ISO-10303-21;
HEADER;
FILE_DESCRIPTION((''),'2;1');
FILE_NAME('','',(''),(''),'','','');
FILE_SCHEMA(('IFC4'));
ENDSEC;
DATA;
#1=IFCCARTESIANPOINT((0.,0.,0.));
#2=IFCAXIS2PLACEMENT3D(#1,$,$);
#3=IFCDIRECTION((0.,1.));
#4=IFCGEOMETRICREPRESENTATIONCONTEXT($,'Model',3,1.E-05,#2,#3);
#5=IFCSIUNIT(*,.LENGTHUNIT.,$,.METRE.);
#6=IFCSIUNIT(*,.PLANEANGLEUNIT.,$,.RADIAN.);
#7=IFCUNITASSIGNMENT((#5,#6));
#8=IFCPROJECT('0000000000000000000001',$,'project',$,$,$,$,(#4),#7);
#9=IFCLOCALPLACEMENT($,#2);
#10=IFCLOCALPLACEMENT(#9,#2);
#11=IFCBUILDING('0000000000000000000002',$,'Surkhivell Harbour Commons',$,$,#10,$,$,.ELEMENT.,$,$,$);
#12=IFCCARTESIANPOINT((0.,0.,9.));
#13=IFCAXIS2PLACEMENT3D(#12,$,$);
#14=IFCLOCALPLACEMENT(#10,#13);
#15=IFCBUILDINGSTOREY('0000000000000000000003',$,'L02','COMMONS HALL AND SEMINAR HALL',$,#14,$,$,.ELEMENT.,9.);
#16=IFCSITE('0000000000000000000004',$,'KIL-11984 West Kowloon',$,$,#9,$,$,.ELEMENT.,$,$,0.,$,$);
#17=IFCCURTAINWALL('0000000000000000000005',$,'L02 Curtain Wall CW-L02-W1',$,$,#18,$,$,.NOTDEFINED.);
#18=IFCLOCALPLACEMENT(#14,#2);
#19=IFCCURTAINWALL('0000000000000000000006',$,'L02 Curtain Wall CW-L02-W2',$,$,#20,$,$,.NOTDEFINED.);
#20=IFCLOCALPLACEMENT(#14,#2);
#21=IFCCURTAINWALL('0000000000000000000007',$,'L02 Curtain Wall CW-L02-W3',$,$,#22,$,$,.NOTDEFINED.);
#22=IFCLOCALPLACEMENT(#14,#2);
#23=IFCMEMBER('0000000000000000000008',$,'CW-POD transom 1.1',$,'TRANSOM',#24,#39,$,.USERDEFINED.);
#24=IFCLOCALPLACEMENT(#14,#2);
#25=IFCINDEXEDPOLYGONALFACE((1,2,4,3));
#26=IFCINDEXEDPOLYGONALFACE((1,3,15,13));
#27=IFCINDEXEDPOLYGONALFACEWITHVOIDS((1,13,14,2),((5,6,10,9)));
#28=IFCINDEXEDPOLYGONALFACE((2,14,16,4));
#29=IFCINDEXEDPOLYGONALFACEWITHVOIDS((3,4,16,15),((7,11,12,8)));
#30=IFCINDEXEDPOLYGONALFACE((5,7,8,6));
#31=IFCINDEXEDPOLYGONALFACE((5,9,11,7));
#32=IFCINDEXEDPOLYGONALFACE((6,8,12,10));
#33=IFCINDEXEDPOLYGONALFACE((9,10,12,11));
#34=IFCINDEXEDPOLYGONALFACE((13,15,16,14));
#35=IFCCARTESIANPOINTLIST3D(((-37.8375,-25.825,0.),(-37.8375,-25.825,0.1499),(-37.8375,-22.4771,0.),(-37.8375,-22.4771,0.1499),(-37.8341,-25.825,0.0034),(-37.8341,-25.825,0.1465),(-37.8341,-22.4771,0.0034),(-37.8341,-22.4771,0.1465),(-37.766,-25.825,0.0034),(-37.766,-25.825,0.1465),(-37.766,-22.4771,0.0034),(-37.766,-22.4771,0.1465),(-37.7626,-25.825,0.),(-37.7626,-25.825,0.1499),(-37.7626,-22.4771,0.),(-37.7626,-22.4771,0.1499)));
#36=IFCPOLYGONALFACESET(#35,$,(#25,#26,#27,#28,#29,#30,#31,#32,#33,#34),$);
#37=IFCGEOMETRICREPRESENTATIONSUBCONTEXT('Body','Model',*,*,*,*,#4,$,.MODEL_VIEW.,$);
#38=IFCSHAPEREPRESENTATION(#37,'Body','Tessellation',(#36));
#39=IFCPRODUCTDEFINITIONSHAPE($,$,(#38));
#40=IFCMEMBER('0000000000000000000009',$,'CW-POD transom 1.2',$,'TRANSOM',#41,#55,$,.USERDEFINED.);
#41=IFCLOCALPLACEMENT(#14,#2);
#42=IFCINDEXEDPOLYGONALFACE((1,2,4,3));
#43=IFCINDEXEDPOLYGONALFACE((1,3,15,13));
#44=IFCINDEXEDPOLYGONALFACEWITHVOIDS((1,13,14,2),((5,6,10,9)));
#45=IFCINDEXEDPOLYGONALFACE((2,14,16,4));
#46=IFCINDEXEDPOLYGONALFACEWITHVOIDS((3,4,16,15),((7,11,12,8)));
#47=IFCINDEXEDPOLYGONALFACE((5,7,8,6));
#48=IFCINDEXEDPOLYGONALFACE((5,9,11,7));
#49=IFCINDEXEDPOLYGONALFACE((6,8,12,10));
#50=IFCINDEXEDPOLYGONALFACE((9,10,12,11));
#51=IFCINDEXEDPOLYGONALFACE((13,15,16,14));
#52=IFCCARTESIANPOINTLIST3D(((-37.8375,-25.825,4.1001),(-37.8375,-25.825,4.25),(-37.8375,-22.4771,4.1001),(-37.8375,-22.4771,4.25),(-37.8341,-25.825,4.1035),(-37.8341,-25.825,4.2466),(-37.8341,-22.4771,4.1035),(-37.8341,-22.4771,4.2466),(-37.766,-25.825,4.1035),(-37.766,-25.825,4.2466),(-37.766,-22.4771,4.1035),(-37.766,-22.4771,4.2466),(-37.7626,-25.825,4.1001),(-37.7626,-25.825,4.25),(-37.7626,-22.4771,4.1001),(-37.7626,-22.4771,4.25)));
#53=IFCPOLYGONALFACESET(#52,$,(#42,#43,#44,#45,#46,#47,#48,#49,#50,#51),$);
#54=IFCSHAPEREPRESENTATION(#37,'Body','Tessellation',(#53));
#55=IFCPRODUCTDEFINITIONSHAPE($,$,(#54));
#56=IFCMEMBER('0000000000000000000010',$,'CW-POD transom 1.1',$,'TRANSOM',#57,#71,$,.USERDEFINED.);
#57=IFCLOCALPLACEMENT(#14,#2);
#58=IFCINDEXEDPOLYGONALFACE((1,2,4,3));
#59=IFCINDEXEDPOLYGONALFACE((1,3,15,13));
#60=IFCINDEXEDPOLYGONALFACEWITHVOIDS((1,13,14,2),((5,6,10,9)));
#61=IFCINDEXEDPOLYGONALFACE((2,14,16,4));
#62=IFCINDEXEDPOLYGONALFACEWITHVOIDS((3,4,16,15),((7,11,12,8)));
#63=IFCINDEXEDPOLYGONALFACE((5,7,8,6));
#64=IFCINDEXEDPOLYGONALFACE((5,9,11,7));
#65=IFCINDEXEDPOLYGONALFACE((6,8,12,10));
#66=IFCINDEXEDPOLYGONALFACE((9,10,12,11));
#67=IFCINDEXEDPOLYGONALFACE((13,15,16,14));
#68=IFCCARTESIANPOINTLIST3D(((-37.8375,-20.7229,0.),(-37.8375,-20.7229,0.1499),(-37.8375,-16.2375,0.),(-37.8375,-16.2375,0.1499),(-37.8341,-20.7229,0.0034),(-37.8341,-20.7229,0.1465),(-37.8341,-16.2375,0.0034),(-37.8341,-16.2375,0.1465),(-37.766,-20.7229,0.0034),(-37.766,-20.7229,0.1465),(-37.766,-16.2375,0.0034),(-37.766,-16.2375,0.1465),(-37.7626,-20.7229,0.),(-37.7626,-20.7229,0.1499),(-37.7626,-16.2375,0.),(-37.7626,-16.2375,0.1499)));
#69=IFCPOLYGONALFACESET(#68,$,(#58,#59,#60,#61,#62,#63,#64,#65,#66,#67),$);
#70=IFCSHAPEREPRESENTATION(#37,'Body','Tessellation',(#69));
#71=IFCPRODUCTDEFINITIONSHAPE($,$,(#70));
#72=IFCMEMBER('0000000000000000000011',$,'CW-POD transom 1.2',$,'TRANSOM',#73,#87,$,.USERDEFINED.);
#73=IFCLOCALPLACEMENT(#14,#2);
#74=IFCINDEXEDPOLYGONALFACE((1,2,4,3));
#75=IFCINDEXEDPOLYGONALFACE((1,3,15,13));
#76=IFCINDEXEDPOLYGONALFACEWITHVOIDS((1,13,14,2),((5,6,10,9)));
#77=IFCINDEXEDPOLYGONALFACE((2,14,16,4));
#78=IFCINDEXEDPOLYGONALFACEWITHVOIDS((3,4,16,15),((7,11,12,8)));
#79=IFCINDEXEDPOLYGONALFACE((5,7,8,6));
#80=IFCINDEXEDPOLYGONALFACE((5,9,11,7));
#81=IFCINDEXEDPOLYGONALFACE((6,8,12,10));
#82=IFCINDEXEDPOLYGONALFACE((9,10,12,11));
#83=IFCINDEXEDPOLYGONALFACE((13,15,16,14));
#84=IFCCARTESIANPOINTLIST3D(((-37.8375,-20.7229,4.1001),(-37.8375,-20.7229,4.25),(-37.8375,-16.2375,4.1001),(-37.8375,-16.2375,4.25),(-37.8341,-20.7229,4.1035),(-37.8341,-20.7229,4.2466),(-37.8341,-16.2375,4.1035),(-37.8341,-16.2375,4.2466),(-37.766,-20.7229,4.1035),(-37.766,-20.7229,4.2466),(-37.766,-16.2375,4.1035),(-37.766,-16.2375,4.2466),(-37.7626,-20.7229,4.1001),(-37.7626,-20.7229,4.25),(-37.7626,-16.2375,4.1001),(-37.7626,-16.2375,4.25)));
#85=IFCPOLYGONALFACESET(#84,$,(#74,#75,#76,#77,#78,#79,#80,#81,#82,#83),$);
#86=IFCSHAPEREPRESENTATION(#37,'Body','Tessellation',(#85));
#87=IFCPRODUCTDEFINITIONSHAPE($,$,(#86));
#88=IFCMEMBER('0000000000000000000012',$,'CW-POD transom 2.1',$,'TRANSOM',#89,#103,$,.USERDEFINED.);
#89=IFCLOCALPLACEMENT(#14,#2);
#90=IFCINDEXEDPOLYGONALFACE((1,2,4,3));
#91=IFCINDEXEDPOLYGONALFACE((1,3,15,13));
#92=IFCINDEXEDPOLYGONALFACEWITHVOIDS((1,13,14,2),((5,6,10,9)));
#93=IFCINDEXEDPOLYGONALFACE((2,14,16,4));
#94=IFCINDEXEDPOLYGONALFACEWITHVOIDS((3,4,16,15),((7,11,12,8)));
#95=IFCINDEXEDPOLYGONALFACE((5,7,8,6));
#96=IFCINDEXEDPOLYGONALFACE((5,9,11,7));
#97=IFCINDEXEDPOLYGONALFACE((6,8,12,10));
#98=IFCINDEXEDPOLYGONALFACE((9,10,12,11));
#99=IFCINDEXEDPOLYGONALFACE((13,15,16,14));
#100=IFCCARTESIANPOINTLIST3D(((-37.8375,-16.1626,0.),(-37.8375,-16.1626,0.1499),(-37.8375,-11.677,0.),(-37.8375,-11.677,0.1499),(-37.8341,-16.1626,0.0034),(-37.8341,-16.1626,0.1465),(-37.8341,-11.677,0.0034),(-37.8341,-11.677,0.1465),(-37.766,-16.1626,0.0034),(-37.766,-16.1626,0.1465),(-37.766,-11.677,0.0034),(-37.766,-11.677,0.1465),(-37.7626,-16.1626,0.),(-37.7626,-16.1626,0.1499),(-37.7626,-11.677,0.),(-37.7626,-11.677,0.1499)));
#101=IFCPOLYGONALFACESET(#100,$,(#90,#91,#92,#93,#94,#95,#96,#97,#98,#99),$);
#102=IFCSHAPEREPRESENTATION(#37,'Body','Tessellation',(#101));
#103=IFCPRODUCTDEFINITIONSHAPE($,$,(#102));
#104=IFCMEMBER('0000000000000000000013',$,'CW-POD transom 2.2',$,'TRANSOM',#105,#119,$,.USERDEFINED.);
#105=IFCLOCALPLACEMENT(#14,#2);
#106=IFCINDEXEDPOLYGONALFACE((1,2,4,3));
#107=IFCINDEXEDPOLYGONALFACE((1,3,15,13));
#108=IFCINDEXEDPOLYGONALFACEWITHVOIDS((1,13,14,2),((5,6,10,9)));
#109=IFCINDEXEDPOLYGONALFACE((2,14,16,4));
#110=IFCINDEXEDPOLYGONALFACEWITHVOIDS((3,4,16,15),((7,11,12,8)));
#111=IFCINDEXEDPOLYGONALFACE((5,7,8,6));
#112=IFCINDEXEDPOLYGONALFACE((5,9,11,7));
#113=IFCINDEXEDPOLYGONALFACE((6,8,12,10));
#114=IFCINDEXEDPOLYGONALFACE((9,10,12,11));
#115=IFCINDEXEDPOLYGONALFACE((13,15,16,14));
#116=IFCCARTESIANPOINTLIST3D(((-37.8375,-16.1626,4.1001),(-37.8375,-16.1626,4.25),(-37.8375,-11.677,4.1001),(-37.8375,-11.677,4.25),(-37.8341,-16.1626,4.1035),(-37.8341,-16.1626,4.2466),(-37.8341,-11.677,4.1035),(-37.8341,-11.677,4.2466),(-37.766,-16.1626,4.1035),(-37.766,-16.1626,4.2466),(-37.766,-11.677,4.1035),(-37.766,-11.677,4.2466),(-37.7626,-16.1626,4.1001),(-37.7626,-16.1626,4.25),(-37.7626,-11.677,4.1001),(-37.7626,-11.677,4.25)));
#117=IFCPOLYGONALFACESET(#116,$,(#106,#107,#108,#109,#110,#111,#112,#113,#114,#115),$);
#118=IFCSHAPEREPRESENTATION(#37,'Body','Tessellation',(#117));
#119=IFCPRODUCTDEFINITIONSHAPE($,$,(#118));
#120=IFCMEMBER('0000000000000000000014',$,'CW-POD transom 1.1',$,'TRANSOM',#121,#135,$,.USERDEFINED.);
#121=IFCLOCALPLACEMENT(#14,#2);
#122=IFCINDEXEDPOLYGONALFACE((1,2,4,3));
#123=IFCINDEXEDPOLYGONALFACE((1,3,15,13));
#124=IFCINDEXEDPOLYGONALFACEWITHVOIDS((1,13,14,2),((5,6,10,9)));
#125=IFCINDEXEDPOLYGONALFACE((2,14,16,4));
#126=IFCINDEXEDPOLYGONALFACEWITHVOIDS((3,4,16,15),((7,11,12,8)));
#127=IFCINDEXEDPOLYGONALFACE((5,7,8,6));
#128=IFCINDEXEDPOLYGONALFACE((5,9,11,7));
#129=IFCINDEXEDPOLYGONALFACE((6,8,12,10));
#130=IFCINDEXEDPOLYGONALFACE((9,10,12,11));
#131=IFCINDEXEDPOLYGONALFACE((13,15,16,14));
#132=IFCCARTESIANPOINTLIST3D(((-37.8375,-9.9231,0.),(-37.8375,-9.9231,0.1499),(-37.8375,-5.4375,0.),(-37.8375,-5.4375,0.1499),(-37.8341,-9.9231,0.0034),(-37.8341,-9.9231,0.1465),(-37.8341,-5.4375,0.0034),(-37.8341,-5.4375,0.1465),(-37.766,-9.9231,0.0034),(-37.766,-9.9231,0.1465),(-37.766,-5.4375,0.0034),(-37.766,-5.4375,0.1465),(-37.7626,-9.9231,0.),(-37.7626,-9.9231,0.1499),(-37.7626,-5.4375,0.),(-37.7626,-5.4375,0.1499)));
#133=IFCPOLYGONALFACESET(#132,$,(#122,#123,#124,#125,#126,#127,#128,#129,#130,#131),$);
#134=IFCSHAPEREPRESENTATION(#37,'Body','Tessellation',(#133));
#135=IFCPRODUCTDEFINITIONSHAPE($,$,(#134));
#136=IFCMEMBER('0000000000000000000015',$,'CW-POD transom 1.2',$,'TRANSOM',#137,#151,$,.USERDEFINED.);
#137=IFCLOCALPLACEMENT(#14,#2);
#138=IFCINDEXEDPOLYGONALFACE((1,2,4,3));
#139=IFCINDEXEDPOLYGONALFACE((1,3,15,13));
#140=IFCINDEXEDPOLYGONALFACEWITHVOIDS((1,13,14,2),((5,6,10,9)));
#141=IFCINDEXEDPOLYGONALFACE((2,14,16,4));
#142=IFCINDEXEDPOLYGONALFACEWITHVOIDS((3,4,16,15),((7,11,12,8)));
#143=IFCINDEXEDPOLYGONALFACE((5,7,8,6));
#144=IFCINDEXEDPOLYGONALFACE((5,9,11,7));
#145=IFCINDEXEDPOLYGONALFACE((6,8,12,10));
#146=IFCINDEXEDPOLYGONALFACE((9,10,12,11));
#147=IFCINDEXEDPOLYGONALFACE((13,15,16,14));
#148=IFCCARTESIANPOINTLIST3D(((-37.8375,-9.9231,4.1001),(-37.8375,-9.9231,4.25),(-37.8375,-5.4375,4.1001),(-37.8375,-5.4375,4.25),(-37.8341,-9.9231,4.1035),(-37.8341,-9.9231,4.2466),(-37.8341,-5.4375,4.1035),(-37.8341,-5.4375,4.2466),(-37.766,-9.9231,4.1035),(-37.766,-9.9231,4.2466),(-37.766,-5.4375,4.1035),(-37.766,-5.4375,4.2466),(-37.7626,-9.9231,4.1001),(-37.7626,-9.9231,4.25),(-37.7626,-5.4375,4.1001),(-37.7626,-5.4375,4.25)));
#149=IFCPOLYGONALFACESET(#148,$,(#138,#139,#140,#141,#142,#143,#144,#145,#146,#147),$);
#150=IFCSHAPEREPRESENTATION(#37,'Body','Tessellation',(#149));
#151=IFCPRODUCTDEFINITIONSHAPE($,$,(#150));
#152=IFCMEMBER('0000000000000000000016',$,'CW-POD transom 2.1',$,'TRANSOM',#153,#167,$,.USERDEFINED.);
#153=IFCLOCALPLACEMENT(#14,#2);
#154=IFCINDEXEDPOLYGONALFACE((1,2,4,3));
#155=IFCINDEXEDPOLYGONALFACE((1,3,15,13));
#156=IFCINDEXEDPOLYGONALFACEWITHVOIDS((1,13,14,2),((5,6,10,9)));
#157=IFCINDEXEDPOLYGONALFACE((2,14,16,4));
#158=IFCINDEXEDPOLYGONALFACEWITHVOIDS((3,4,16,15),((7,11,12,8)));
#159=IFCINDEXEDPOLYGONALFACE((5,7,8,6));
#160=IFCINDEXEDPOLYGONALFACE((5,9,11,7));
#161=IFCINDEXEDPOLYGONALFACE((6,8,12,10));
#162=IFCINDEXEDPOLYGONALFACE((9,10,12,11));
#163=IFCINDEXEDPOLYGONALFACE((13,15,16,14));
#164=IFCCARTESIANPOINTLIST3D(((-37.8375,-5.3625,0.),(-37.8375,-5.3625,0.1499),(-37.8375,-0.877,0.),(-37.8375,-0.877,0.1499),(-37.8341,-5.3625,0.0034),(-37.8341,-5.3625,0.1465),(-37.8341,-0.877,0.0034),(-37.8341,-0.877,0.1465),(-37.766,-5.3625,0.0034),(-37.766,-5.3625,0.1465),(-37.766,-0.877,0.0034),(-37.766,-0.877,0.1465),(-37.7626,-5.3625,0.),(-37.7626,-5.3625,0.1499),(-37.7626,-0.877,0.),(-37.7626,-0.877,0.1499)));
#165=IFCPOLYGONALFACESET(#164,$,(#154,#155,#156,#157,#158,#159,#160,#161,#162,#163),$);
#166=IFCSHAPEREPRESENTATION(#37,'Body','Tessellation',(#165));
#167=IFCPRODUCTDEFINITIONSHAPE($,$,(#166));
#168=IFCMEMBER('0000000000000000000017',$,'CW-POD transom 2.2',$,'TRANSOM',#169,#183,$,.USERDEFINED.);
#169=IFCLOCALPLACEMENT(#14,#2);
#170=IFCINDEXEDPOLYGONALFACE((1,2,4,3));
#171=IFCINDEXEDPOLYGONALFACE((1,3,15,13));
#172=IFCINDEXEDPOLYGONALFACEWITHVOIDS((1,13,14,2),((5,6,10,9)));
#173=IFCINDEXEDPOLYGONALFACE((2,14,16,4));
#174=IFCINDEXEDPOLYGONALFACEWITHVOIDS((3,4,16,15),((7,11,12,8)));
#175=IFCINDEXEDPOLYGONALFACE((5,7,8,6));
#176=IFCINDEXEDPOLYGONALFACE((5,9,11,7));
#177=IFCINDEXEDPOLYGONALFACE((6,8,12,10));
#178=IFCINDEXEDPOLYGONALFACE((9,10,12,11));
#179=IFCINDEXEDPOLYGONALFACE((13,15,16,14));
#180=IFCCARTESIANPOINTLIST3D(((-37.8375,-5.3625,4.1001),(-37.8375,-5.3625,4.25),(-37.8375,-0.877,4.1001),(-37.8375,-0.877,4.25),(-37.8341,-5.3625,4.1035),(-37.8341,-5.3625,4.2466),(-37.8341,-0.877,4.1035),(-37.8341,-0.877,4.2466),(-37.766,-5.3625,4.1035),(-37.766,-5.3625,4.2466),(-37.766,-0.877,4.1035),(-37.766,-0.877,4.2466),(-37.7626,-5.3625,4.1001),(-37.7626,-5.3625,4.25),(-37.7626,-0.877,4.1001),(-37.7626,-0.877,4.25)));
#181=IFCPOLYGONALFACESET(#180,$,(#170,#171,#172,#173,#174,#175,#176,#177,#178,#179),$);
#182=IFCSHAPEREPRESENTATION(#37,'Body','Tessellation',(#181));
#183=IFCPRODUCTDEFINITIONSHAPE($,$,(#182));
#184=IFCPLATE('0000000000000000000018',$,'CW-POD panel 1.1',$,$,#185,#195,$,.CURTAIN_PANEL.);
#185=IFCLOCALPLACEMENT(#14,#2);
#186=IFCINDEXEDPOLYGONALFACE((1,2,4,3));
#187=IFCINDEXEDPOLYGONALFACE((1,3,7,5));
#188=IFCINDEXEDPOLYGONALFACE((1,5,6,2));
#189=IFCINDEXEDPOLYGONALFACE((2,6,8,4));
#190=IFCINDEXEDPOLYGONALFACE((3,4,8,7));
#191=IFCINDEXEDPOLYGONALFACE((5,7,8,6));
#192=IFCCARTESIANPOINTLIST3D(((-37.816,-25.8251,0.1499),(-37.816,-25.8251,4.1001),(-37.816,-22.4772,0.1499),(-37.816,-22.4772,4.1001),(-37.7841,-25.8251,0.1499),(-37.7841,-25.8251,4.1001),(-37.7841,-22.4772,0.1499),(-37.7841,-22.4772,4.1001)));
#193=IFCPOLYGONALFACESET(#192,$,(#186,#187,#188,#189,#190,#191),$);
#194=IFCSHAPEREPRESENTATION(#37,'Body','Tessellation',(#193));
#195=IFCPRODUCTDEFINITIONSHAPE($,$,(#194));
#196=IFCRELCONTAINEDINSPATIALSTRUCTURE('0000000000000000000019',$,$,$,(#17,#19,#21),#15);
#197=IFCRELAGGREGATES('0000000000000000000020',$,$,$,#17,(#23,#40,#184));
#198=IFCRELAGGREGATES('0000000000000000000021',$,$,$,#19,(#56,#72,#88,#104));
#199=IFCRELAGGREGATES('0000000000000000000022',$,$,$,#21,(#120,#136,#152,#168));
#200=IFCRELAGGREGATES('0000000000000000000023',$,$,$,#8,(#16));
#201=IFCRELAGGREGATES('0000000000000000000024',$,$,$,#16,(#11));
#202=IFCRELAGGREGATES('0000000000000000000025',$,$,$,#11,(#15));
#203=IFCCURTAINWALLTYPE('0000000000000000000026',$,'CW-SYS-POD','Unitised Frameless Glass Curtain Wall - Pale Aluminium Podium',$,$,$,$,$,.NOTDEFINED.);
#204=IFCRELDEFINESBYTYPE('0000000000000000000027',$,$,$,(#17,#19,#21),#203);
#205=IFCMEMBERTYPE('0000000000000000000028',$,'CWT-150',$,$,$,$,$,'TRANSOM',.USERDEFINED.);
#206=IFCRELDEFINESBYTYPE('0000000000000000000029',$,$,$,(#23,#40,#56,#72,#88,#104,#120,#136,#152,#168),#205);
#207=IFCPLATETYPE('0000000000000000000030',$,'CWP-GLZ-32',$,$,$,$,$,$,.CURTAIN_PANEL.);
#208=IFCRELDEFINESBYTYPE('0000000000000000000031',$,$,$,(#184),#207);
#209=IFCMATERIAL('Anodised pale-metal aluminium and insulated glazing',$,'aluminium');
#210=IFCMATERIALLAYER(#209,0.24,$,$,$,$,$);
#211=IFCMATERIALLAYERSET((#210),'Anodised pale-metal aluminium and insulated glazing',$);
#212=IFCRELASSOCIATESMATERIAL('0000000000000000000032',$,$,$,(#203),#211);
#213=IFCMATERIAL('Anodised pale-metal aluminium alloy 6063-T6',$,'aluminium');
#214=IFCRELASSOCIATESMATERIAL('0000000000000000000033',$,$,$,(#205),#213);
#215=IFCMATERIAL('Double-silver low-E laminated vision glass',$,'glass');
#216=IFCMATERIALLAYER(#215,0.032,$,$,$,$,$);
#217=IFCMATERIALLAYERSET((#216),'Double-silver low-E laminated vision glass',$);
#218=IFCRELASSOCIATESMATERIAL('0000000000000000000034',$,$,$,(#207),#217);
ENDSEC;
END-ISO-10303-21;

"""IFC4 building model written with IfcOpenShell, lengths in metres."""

from ifc_helpers import new_model, si_unit, direction, frame, frame_2d, origin, origin_2d, place, context, subcontext, project, spatial, rectangle, hollow_rectangle, extrude, material, layer, layer_set, material_profile, profile_set, type_object, element, aggregate, save


model = new_model("IFC4")

# Units and contexts
model_context = context("Model", 3, precision=1e-05, world=origin(), true_north=direction((0.0, 1.0)))
body_context = subcontext(model_context, "Body", "Model", "MODEL_VIEW")
ifc_project = project(units=[si_unit("LENGTHUNIT", "METRE"), si_unit("PLANEANGLEUNIT", "RADIAN")], contexts=[model_context])

# Site, building, storey
site_placement = place(None, origin())
site = spatial("IfcSite", under=ifc_project, at=site_placement, Name="KIL-11984 West Kowloon", CompositionType="ELEMENT", RefElevation=0.0)
building_placement = place(site_placement, origin())
building = spatial("IfcBuilding", under=site, at=building_placement, Name="Surkhivell Harbour Commons", CompositionType="ELEMENT")
storey_placement = place(building_placement, frame((0.0, 0.0, 9.0)))
storey = spatial("IfcBuildingStorey", under=building, at=storey_placement, Name="L02", Description="COMMONS HALL AND SEMINAR HALL", CompositionType="ELEMENT", Elevation=9.0)

# Shared definitions
ifc_material_1 = material(Name="Anodised pale-metal aluminium and insulated glazing", Category="aluminium")
ifc_layer_1 = layer(ifc_material_1, 0.24)
ifc_layer_set_1 = layer_set([ifc_layer_1], Name="Anodised pale-metal aluminium and insulated glazing")
curtain_wall_type = type_object("IfcCurtainWallType", Name="CW-SYS-POD", Description="Unitised Frameless Glass Curtain Wall - Pale Aluminium Podium", PredefinedType="NOTDEFINED", material=ifc_layer_set_1)
ifc_material_2 = material(Name="Anodised pale-metal aluminium alloy 6063-T6", Category="aluminium")

# Curtain walls
curtain_wall_1_placement = place(storey_placement, origin())
curtain_wall_1 = element("IfcCurtainWall", 1, at=curtain_wall_1_placement, inside=storey, type_object=curtain_wall_type, Name="L02 Curtain Wall CW-L02-W1", PredefinedType="NOTDEFINED")
curtain_wall_2_placement = place(storey_placement, origin())
curtain_wall_2 = element("IfcCurtainWall", 2, at=curtain_wall_2_placement, inside=storey, type_object=curtain_wall_type, Name="L02 Curtain Wall CW-L02-W2", PredefinedType="NOTDEFINED")
curtain_wall_3_placement = place(storey_placement, origin())
curtain_wall_3 = element("IfcCurtainWall", 3, at=curtain_wall_3_placement, inside=storey, type_object=curtain_wall_type, Name="L02 Curtain Wall CW-L02-W3", PredefinedType="NOTDEFINED")

# Members
ifc_material_profile_1 = material_profile(ifc_material_2, hollow_rectangle(XDim=0.075, YDim=0.1499, WallThickness=0.0034, at=origin_2d()), Name="ALU-TRAN-75x150")
ifc_profile_set_1 = profile_set([ifc_material_profile_1], Name="Anodised pale-metal aluminium alloy 6063-T6")
member_type_1 = type_object("IfcMemberType", Name="CWT-150", ElementType="TRANSOM", PredefinedType="USERDEFINED", material=ifc_profile_set_1)
member_1_placement = place(storey_placement, frame((-37.8, -25.825, 0.075), z_axis=(0.0, 1.0, 0.0), x_axis=(-1.0, 0.0, 0.0)))
member_1 = element("IfcMember", 4, at=member_1_placement, type_object=member_type_1, Name="CW-POD transom 1.1", ObjectType="TRANSOM", PredefinedType="USERDEFINED", context=body_context, shape_type="SweptSolid", body=[
    extrude(hollow_rectangle(XDim=0.075, YDim=0.1499, WallThickness=0.0034, at=origin_2d()), origin(), (0.0, 0.0, 1.0), 3.3479),
])
member_2_placement = place(storey_placement, frame((-37.8, -25.825, 4.175), z_axis=(0.0, 1.0, 0.0), x_axis=(-1.0, 0.0, 0.0)))
member_2 = element("IfcMember", 5, at=member_2_placement, type_object=member_type_1, Name="CW-POD transom 1.2", ObjectType="TRANSOM", PredefinedType="USERDEFINED", context=body_context, shape_type="SweptSolid", body=[
    extrude(hollow_rectangle(XDim=0.075, YDim=0.1499, WallThickness=0.0034, at=origin_2d()), origin(), (0.0, 0.0, 1.0), 3.3479),
])
member_3_placement = place(storey_placement, frame((-37.8, -20.7229, 0.075), z_axis=(0.0, 1.0, 0.0), x_axis=(-1.0, 0.0, 0.0)))
member_3 = element("IfcMember", 6, at=member_3_placement, type_object=member_type_1, Name="CW-POD transom 1.1", ObjectType="TRANSOM", PredefinedType="USERDEFINED", context=body_context, shape_type="SweptSolid", body=[
    extrude(hollow_rectangle(XDim=0.075, YDim=0.1499, WallThickness=0.0034, at=origin_2d()), origin(), (0.0, 0.0, 1.0), 4.4854),
])
member_4_placement = place(storey_placement, frame((-37.8, -20.7229, 4.175), z_axis=(0.0, 1.0, 0.0), x_axis=(-1.0, 0.0, 0.0)))
member_4 = element("IfcMember", 7, at=member_4_placement, type_object=member_type_1, Name="CW-POD transom 1.2", ObjectType="TRANSOM", PredefinedType="USERDEFINED", context=body_context, shape_type="SweptSolid", body=[
    extrude(hollow_rectangle(XDim=0.075, YDim=0.1499, WallThickness=0.0034, at=origin_2d()), origin(), (0.0, 0.0, 1.0), 4.4854),
])
member_5_placement = place(storey_placement, frame((-37.8, -16.1626, 0.075), z_axis=(0.0, 1.0, 0.0), x_axis=(-1.0, 0.0, 0.0)))
member_5 = element("IfcMember", 8, at=member_5_placement, type_object=member_type_1, Name="CW-POD transom 2.1", ObjectType="TRANSOM", PredefinedType="USERDEFINED", context=body_context, shape_type="SweptSolid", body=[
    extrude(hollow_rectangle(XDim=0.075, YDim=0.1499, WallThickness=0.0034, at=origin_2d()), origin(), (0.0, 0.0, 1.0), 4.4856),
])
member_6_placement = place(storey_placement, frame((-37.8, -16.1626, 4.175), z_axis=(0.0, 1.0, 0.0), x_axis=(-1.0, 0.0, 0.0)))
member_6 = element("IfcMember", 9, at=member_6_placement, type_object=member_type_1, Name="CW-POD transom 2.2", ObjectType="TRANSOM", PredefinedType="USERDEFINED", context=body_context, shape_type="SweptSolid", body=[
    extrude(hollow_rectangle(XDim=0.075, YDim=0.1499, WallThickness=0.0034, at=origin_2d()), origin(), (0.0, 0.0, 1.0), 4.4856),
])
member_7_placement = place(storey_placement, frame((-37.8, -9.9231, 0.075), z_axis=(0.0, 1.0, 0.0), x_axis=(-1.0, 0.0, 0.0)))
member_7 = element("IfcMember", 10, at=member_7_placement, type_object=member_type_1, Name="CW-POD transom 1.1", ObjectType="TRANSOM", PredefinedType="USERDEFINED", context=body_context, shape_type="SweptSolid", body=[
    extrude(hollow_rectangle(XDim=0.075, YDim=0.1499, WallThickness=0.0034, at=origin_2d()), origin(), (0.0, 0.0, 1.0), 4.4856),
])
member_8_placement = place(storey_placement, frame((-37.8, -9.9231, 4.175), z_axis=(0.0, 1.0, 0.0), x_axis=(-1.0, 0.0, 0.0)))
member_8 = element("IfcMember", 11, at=member_8_placement, type_object=member_type_1, Name="CW-POD transom 1.2", ObjectType="TRANSOM", PredefinedType="USERDEFINED", context=body_context, shape_type="SweptSolid", body=[
    extrude(hollow_rectangle(XDim=0.075, YDim=0.1499, WallThickness=0.0034, at=origin_2d()), origin(), (0.0, 0.0, 1.0), 4.4856),
])
member_9_placement = place(storey_placement, frame((-37.8, -5.3625, 0.075), z_axis=(0.0, 1.0, 0.0), x_axis=(-1.0, 0.0, 0.0)))
member_9 = element("IfcMember", 12, at=member_9_placement, type_object=member_type_1, Name="CW-POD transom 2.1", ObjectType="TRANSOM", PredefinedType="USERDEFINED", context=body_context, shape_type="SweptSolid", body=[
    extrude(hollow_rectangle(XDim=0.075, YDim=0.1499, WallThickness=0.0034, at=origin_2d()), origin(), (0.0, 0.0, 1.0), 4.4856),
])
member_10_placement = place(storey_placement, frame((-37.8, -5.3625, 4.175), z_axis=(0.0, 1.0, 0.0), x_axis=(-1.0, 0.0, 0.0)))
member_10 = element("IfcMember", 13, at=member_10_placement, type_object=member_type_1, Name="CW-POD transom 2.2", ObjectType="TRANSOM", PredefinedType="USERDEFINED", context=body_context, shape_type="SweptSolid", body=[
    extrude(hollow_rectangle(XDim=0.075, YDim=0.1499, WallThickness=0.0034, at=origin_2d()), origin(), (0.0, 0.0, 1.0), 4.4856),
])

# Plate
ifc_material_3 = material(Name="Double-silver low-E laminated vision glass", Category="glass")
ifc_layer_2 = layer(ifc_material_3, 0.032)
ifc_layer_set_2 = layer_set([ifc_layer_2], Name="Double-silver low-E laminated vision glass")
plate_type = type_object("IfcPlateType", Name="CWP-GLZ-32", PredefinedType="CURTAIN_PANEL", material=ifc_layer_set_2)
plate_1_placement = place(storey_placement, frame((-37.8, -25.825, 0.1499), z_axis=(0.0, 0.0, 1.0), x_axis=(0.0, 1.0, 0.0)))
plate_1 = element("IfcPlate", 14, at=plate_1_placement, type_object=plate_type, Name="CW-POD panel 1.1", PredefinedType="CURTAIN_PANEL", context=body_context, shape_type="SweptSolid", body=[
    extrude(rectangle(XDim=3.3479, YDim=0.032, at=frame_2d((1.6738, 0.0))), origin(), (0.0, 0.0, 1.0), 3.9502),
])
aggregate(curtain_wall_1, [member_1, member_2, plate_1])
aggregate(curtain_wall_2, [member_3, member_4, member_5, member_6])
aggregate(curtain_wall_3, [member_7, member_8, member_9, member_10])

save(model, "model.ifc")
